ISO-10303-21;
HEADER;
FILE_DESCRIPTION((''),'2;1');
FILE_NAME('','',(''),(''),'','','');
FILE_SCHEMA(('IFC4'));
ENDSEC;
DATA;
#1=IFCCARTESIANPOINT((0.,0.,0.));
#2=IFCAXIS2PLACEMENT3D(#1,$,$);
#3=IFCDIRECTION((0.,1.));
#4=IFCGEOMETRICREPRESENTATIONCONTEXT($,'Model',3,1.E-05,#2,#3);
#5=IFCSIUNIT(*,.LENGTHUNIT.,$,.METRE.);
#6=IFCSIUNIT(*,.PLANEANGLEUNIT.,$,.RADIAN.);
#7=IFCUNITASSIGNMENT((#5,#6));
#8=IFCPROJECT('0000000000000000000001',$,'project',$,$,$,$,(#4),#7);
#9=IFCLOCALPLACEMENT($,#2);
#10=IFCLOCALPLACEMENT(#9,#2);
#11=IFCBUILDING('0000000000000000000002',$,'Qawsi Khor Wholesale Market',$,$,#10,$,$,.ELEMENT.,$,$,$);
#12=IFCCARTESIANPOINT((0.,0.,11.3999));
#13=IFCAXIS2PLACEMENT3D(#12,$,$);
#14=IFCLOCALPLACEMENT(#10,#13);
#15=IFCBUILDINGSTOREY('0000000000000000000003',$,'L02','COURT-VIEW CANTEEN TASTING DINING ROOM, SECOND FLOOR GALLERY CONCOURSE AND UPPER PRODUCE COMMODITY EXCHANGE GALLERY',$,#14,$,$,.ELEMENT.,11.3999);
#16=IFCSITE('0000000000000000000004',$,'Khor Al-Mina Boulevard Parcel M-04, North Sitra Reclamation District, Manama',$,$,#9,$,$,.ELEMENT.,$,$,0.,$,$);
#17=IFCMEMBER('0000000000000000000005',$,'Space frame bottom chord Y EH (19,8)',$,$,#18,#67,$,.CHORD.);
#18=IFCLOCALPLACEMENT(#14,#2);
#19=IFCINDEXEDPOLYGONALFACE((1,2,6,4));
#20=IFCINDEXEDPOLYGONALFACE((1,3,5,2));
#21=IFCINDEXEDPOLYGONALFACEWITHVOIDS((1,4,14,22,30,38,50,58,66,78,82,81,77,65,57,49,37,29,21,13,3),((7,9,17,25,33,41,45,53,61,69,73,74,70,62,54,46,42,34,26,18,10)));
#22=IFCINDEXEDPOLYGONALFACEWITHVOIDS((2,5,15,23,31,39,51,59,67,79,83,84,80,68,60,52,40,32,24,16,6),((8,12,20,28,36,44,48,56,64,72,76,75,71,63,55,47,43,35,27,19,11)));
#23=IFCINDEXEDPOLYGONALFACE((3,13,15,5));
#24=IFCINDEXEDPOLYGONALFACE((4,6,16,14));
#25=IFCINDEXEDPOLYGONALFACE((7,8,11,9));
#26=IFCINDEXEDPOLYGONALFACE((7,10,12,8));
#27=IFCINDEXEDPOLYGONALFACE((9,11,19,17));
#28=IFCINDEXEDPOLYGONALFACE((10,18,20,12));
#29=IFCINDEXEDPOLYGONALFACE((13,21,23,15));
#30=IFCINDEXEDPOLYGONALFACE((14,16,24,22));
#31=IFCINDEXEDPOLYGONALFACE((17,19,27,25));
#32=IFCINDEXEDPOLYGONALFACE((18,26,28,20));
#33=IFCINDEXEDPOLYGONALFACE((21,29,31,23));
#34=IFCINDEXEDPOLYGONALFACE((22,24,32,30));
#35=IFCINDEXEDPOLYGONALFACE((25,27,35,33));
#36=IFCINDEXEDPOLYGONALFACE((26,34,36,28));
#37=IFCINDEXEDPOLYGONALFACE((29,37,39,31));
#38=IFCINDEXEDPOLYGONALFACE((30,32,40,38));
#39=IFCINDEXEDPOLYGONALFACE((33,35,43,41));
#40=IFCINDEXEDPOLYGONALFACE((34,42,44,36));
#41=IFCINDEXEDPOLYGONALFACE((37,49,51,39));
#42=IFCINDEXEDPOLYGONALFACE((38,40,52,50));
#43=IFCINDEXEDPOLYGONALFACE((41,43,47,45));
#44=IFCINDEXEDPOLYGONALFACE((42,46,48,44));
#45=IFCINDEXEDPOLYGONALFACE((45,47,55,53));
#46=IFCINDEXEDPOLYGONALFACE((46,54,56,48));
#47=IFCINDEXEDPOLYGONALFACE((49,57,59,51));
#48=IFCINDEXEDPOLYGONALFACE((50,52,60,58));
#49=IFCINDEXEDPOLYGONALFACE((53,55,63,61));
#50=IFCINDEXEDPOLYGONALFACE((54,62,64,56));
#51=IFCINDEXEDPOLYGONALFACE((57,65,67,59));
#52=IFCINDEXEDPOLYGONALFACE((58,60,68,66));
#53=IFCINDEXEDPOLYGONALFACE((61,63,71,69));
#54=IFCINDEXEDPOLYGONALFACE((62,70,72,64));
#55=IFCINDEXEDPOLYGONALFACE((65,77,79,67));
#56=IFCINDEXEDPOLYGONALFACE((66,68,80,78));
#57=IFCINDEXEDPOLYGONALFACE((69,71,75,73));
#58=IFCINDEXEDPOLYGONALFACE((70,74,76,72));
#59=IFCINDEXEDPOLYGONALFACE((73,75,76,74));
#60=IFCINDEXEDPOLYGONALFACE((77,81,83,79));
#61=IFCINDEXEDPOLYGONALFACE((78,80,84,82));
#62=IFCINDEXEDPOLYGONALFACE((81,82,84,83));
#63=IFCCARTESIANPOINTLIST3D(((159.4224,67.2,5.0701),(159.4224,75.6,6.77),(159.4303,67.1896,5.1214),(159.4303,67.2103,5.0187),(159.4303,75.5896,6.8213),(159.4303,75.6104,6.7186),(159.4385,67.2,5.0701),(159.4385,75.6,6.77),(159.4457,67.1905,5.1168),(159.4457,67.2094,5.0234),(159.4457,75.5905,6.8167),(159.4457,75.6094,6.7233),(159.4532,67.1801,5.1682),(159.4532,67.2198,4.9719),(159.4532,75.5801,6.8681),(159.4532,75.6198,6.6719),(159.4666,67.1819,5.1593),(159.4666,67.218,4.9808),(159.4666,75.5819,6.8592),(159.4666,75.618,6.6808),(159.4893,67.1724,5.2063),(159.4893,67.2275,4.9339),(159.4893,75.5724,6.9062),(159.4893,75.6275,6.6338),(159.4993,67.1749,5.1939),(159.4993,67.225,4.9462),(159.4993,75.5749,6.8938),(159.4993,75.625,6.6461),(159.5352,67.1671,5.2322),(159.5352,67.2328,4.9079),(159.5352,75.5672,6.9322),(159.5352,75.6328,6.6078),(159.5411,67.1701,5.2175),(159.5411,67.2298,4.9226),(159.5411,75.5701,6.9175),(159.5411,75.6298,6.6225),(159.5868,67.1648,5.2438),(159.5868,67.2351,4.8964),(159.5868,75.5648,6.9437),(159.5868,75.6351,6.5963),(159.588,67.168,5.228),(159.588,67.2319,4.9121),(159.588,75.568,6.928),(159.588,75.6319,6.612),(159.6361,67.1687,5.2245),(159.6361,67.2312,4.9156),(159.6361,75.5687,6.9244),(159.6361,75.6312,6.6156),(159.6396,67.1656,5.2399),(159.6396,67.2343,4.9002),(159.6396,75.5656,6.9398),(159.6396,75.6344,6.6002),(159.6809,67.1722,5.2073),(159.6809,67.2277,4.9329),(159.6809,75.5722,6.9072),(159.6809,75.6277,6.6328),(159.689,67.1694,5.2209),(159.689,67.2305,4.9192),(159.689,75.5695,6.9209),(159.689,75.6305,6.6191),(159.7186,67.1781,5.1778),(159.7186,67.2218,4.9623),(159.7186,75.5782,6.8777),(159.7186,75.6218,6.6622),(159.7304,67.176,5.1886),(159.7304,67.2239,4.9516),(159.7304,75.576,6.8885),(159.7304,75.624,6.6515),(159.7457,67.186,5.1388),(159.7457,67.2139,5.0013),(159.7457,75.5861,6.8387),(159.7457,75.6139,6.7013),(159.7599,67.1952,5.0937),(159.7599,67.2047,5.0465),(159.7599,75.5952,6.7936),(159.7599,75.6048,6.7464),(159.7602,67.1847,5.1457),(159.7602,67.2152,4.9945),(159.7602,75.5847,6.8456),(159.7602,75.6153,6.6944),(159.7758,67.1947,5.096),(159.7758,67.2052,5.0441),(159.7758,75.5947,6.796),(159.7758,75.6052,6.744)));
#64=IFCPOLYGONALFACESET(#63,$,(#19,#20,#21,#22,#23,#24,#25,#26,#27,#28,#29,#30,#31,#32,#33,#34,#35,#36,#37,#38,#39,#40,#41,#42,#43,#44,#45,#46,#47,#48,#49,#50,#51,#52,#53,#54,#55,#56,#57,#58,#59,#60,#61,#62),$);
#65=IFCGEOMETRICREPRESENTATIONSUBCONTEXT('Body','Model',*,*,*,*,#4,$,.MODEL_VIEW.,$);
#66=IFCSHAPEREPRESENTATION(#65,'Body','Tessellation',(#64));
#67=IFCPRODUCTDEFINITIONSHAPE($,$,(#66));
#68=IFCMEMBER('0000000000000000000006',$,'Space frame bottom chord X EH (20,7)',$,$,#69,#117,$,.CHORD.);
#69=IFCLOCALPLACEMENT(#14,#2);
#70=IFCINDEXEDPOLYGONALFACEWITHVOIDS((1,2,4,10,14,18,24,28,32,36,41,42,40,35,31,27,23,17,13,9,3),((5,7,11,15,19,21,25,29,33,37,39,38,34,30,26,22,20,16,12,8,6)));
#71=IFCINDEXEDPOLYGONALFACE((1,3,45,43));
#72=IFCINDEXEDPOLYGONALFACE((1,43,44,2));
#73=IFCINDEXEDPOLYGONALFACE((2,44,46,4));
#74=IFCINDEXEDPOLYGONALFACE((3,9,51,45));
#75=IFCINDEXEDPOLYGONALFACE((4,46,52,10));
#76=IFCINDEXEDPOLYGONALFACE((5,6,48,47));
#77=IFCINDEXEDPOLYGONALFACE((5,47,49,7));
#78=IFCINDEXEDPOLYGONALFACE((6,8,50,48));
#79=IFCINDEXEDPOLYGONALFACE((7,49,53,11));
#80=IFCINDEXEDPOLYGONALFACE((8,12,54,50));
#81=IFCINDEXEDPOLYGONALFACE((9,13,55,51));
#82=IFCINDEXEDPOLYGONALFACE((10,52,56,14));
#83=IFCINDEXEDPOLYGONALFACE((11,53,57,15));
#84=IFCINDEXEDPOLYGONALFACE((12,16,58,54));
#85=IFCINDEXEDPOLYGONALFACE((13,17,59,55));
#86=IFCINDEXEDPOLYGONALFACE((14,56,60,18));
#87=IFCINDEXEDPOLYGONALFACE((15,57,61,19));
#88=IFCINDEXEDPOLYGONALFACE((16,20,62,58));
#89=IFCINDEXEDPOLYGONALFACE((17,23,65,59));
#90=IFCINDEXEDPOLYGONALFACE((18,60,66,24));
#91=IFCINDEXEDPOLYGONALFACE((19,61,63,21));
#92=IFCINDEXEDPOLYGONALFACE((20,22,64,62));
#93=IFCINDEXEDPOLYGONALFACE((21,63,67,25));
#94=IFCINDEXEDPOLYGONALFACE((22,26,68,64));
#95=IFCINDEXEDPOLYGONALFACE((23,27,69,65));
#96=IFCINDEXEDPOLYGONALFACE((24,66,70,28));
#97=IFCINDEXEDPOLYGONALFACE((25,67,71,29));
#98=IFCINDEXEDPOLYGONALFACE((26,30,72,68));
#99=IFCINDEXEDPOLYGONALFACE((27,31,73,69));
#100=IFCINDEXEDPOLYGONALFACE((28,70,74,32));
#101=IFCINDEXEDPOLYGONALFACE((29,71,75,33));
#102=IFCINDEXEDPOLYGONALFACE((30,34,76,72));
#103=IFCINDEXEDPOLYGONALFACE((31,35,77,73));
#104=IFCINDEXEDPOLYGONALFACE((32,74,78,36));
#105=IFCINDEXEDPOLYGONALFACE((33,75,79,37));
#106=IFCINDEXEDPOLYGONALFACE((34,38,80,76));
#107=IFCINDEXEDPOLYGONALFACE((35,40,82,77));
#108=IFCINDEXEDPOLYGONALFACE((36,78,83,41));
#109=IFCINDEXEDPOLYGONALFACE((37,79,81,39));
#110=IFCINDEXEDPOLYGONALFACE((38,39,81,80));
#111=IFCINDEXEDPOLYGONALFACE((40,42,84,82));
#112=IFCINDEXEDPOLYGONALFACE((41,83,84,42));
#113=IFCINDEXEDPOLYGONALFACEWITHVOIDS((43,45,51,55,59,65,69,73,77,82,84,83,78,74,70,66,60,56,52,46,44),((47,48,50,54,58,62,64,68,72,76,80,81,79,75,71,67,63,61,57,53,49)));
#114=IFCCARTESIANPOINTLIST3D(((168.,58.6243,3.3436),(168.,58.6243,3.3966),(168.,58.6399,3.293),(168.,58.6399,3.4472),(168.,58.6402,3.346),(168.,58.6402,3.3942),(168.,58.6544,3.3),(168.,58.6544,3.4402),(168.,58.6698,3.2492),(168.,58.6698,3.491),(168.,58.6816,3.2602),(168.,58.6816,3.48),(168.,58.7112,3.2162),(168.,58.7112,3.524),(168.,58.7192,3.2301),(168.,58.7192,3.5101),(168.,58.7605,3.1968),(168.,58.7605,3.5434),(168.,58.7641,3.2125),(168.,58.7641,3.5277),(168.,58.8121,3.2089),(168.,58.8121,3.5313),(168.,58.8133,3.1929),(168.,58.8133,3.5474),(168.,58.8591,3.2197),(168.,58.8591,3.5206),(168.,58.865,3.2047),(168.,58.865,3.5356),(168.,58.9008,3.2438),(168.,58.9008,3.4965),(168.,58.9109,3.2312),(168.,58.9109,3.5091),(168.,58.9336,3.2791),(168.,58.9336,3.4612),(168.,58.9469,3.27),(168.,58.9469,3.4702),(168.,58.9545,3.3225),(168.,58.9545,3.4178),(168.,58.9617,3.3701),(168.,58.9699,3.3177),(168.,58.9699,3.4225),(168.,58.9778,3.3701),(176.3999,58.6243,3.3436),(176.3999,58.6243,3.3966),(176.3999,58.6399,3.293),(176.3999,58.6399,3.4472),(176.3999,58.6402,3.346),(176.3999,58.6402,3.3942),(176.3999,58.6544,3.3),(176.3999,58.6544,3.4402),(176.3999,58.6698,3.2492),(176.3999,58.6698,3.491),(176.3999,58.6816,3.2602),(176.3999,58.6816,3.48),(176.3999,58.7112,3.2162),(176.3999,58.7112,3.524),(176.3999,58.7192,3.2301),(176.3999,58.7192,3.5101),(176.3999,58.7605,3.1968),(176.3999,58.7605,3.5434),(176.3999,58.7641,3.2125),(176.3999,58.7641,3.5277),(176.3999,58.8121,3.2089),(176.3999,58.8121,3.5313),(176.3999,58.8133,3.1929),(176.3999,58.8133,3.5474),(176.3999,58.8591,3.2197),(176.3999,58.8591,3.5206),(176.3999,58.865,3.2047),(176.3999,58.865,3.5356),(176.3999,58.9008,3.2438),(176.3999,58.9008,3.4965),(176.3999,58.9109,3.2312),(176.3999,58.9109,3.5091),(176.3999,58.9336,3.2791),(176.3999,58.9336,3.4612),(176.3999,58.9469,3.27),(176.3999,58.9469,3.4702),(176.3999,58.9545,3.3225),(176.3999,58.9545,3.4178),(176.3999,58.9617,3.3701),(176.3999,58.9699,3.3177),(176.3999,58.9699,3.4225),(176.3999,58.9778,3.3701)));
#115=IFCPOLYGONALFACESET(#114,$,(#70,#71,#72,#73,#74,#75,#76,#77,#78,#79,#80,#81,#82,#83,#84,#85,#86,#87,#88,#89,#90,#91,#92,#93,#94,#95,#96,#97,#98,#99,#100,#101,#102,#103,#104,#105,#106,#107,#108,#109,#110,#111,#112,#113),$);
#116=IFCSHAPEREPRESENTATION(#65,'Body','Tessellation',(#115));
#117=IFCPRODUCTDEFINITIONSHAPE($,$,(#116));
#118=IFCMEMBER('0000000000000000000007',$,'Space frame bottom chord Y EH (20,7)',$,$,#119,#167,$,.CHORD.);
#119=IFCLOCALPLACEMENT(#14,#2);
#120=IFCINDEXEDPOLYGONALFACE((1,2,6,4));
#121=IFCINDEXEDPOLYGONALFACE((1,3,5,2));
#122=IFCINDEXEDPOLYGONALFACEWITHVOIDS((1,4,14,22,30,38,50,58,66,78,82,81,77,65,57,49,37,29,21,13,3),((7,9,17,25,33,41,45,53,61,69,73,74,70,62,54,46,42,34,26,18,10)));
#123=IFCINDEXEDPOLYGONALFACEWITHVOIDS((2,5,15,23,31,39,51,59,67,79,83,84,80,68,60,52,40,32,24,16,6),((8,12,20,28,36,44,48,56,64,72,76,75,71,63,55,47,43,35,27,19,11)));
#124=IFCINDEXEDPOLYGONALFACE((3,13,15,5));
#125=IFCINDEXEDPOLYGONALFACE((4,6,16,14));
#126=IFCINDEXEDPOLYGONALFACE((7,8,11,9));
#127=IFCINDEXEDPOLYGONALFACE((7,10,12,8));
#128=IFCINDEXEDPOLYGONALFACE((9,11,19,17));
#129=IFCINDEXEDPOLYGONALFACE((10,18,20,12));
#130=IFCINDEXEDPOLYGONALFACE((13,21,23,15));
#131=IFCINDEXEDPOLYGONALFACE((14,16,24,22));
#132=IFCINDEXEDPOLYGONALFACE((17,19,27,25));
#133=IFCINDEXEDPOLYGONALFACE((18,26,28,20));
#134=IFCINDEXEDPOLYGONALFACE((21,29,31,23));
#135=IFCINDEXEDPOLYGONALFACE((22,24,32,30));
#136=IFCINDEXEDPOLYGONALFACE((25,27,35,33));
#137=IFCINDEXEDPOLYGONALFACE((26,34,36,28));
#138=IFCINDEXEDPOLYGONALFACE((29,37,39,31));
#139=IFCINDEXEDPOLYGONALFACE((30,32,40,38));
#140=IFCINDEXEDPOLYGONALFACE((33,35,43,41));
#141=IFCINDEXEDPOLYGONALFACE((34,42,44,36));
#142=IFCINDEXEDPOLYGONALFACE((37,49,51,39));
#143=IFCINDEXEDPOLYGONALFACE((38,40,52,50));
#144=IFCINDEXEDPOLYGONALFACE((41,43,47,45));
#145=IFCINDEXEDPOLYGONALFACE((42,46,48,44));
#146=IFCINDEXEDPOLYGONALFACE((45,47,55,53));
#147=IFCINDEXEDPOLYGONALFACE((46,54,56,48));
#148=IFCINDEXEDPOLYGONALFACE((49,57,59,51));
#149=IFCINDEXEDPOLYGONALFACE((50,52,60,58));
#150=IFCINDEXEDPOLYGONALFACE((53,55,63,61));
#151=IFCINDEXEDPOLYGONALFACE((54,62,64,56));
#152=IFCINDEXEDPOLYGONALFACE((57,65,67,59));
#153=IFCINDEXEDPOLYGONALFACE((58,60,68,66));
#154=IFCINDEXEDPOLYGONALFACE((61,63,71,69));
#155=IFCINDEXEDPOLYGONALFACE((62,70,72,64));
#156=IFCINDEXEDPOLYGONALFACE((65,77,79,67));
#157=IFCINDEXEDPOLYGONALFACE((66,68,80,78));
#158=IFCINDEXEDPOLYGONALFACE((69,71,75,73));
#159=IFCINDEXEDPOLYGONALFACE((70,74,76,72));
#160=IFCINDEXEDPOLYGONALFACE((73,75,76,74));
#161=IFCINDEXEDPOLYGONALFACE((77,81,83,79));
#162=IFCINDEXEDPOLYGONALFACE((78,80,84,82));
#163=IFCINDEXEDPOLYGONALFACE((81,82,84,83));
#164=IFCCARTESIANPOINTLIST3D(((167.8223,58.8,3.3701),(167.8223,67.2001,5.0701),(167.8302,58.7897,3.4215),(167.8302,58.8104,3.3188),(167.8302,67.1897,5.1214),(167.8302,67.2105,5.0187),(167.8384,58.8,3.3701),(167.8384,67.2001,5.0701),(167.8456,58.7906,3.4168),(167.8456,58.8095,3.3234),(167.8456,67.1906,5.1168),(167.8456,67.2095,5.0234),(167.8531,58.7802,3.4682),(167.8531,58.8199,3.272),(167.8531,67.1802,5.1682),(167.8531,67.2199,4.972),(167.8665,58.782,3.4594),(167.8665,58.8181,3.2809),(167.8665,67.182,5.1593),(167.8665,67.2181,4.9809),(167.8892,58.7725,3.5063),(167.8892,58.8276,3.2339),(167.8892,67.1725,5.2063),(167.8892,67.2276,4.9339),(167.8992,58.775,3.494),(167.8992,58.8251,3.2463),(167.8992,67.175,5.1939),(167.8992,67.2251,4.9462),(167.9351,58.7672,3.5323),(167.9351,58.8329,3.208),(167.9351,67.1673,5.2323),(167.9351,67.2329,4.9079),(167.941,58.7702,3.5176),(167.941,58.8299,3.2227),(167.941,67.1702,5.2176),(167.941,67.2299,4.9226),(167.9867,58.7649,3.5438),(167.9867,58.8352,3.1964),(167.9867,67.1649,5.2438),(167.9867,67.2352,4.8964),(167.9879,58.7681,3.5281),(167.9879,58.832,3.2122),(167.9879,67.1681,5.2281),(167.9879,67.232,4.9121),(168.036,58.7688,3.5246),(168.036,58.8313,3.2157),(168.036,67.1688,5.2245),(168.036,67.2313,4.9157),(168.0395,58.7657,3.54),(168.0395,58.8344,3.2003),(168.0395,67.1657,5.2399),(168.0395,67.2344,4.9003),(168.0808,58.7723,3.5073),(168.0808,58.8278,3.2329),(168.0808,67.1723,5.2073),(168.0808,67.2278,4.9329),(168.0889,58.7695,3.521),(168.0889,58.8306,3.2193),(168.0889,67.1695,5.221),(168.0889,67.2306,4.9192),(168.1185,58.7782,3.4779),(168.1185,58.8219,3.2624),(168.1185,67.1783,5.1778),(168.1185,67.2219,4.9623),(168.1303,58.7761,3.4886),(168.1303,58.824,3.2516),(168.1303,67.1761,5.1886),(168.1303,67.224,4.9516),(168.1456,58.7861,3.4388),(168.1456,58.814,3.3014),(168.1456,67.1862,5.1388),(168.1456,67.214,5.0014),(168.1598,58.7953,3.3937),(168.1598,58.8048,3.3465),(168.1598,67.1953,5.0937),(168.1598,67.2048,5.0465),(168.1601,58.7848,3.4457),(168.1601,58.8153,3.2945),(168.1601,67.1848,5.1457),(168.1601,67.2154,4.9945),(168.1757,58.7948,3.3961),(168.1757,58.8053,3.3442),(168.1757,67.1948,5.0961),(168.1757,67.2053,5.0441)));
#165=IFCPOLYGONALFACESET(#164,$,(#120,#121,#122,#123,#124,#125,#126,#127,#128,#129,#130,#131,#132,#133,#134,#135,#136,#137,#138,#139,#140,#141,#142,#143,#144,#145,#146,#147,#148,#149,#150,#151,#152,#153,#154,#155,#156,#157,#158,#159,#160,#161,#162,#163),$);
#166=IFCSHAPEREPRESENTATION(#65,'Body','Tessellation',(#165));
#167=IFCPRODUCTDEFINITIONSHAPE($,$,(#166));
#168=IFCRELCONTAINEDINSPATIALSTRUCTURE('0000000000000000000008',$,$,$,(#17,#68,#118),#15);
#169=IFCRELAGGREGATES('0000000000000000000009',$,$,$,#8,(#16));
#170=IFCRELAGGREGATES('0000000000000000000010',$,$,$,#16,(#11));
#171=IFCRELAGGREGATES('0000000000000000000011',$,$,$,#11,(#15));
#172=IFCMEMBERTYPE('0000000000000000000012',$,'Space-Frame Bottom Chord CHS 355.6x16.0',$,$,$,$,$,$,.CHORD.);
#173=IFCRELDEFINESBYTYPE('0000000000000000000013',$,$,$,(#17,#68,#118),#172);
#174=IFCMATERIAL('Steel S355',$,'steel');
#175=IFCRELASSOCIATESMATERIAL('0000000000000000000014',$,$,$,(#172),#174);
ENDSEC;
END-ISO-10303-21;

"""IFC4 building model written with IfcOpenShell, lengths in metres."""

from ifc_helpers import new_model, si_unit, direction, frame, origin, origin_2d, place, context, subcontext, project, spatial, hollow_circle, extrude, material, material_profile, profile_set, type_object, element, save


model = new_model("IFC4")

# Units and contexts
model_context = context("Model", 3, precision=1e-05, world=origin(), true_north=direction((0.0, 1.0)))
body_context = subcontext(model_context, "Body", "Model", "MODEL_VIEW")
ifc_project = project(units=[si_unit("LENGTHUNIT", "METRE"), si_unit("PLANEANGLEUNIT", "RADIAN")], contexts=[model_context])

# Site, building, storey
site_placement = place(None, origin())
site = spatial("IfcSite", under=ifc_project, at=site_placement, Name="Khor Al-Mina Boulevard Parcel M-04, North Sitra Reclamation District, Manama", CompositionType="ELEMENT", RefElevation=0.0)
building_placement = place(site_placement, origin())
building = spatial("IfcBuilding", under=site, at=building_placement, Name="Qawsi Khor Wholesale Market", CompositionType="ELEMENT")
storey_placement = place(building_placement, frame((0.0, 0.0, 11.3999)))
storey = spatial("IfcBuildingStorey", under=building, at=storey_placement, Name="L02", Description="COURT-VIEW CANTEEN TASTING DINING ROOM, SECOND FLOOR GALLERY CONCOURSE AND UPPER PRODUCE COMMODITY EXCHANGE GALLERY", CompositionType="ELEMENT", Elevation=11.3999)

# Members
ifc_material_1 = material(Name="Steel S355", Category="steel")
ifc_material_profile_1 = material_profile(ifc_material_1, hollow_circle(Radius=0.1777, WallThickness=0.0161, at=origin_2d()), Name="CHS 355.6x16.0")
ifc_profile_set_1 = profile_set([ifc_material_profile_1], Name="Steel S355")
member_type_1 = type_object("IfcMemberType", Name="Space-Frame Bottom Chord CHS 355.6x16.0", PredefinedType="CHORD", material=ifc_profile_set_1)
member_1_placement = place(storey_placement, frame((159.6001, 67.2, 5.0701), z_axis=(0.0, 0.980131, 0.198351), x_axis=(-1.0, 0.0, 0.0)))
element("IfcMember", 1, at=member_1_placement, inside=storey, type_object=member_type_1, Name="Space frame bottom chord Y EH (19,8)", PredefinedType="CHORD", context=body_context, shape_type="SweptSolid", body=[
    extrude(hollow_circle(Radius=0.1777, WallThickness=0.0161, at=origin_2d()), origin(), (0.0, 0.0, 1.0), 8.5703),
])
member_2_placement = place(storey_placement, frame((168.0, 58.8, 3.3701), z_axis=(1.0, 0.0, 0.0), x_axis=(0.0, 1.0, 0.0)))
element("IfcMember", 2, at=member_2_placement, inside=storey, type_object=member_type_1, Name="Space frame bottom chord X EH (20,7)", PredefinedType="CHORD", context=body_context, shape_type="SweptSolid", body=[
    extrude(hollow_circle(Radius=0.1777, WallThickness=0.0161, at=origin_2d()), origin(), (0.0, 0.0, 1.0), 8.3999),
])
member_3_placement = place(storey_placement, frame((168.0, 58.8, 3.3701), z_axis=(0.0, 0.98013, 0.198356), x_axis=(-1.0, 0.0, 0.0)))
element("IfcMember", 3, at=member_3_placement, inside=storey, type_object=member_type_1, Name="Space frame bottom chord Y EH (20,7)", PredefinedType="CHORD", context=body_context, shape_type="SweptSolid", body=[
    extrude(hollow_circle(Radius=0.1777, WallThickness=0.0161, at=origin_2d()), origin(), (0.0, 0.0, 1.0), 8.5703),
])

save(model, "model.ifc")
